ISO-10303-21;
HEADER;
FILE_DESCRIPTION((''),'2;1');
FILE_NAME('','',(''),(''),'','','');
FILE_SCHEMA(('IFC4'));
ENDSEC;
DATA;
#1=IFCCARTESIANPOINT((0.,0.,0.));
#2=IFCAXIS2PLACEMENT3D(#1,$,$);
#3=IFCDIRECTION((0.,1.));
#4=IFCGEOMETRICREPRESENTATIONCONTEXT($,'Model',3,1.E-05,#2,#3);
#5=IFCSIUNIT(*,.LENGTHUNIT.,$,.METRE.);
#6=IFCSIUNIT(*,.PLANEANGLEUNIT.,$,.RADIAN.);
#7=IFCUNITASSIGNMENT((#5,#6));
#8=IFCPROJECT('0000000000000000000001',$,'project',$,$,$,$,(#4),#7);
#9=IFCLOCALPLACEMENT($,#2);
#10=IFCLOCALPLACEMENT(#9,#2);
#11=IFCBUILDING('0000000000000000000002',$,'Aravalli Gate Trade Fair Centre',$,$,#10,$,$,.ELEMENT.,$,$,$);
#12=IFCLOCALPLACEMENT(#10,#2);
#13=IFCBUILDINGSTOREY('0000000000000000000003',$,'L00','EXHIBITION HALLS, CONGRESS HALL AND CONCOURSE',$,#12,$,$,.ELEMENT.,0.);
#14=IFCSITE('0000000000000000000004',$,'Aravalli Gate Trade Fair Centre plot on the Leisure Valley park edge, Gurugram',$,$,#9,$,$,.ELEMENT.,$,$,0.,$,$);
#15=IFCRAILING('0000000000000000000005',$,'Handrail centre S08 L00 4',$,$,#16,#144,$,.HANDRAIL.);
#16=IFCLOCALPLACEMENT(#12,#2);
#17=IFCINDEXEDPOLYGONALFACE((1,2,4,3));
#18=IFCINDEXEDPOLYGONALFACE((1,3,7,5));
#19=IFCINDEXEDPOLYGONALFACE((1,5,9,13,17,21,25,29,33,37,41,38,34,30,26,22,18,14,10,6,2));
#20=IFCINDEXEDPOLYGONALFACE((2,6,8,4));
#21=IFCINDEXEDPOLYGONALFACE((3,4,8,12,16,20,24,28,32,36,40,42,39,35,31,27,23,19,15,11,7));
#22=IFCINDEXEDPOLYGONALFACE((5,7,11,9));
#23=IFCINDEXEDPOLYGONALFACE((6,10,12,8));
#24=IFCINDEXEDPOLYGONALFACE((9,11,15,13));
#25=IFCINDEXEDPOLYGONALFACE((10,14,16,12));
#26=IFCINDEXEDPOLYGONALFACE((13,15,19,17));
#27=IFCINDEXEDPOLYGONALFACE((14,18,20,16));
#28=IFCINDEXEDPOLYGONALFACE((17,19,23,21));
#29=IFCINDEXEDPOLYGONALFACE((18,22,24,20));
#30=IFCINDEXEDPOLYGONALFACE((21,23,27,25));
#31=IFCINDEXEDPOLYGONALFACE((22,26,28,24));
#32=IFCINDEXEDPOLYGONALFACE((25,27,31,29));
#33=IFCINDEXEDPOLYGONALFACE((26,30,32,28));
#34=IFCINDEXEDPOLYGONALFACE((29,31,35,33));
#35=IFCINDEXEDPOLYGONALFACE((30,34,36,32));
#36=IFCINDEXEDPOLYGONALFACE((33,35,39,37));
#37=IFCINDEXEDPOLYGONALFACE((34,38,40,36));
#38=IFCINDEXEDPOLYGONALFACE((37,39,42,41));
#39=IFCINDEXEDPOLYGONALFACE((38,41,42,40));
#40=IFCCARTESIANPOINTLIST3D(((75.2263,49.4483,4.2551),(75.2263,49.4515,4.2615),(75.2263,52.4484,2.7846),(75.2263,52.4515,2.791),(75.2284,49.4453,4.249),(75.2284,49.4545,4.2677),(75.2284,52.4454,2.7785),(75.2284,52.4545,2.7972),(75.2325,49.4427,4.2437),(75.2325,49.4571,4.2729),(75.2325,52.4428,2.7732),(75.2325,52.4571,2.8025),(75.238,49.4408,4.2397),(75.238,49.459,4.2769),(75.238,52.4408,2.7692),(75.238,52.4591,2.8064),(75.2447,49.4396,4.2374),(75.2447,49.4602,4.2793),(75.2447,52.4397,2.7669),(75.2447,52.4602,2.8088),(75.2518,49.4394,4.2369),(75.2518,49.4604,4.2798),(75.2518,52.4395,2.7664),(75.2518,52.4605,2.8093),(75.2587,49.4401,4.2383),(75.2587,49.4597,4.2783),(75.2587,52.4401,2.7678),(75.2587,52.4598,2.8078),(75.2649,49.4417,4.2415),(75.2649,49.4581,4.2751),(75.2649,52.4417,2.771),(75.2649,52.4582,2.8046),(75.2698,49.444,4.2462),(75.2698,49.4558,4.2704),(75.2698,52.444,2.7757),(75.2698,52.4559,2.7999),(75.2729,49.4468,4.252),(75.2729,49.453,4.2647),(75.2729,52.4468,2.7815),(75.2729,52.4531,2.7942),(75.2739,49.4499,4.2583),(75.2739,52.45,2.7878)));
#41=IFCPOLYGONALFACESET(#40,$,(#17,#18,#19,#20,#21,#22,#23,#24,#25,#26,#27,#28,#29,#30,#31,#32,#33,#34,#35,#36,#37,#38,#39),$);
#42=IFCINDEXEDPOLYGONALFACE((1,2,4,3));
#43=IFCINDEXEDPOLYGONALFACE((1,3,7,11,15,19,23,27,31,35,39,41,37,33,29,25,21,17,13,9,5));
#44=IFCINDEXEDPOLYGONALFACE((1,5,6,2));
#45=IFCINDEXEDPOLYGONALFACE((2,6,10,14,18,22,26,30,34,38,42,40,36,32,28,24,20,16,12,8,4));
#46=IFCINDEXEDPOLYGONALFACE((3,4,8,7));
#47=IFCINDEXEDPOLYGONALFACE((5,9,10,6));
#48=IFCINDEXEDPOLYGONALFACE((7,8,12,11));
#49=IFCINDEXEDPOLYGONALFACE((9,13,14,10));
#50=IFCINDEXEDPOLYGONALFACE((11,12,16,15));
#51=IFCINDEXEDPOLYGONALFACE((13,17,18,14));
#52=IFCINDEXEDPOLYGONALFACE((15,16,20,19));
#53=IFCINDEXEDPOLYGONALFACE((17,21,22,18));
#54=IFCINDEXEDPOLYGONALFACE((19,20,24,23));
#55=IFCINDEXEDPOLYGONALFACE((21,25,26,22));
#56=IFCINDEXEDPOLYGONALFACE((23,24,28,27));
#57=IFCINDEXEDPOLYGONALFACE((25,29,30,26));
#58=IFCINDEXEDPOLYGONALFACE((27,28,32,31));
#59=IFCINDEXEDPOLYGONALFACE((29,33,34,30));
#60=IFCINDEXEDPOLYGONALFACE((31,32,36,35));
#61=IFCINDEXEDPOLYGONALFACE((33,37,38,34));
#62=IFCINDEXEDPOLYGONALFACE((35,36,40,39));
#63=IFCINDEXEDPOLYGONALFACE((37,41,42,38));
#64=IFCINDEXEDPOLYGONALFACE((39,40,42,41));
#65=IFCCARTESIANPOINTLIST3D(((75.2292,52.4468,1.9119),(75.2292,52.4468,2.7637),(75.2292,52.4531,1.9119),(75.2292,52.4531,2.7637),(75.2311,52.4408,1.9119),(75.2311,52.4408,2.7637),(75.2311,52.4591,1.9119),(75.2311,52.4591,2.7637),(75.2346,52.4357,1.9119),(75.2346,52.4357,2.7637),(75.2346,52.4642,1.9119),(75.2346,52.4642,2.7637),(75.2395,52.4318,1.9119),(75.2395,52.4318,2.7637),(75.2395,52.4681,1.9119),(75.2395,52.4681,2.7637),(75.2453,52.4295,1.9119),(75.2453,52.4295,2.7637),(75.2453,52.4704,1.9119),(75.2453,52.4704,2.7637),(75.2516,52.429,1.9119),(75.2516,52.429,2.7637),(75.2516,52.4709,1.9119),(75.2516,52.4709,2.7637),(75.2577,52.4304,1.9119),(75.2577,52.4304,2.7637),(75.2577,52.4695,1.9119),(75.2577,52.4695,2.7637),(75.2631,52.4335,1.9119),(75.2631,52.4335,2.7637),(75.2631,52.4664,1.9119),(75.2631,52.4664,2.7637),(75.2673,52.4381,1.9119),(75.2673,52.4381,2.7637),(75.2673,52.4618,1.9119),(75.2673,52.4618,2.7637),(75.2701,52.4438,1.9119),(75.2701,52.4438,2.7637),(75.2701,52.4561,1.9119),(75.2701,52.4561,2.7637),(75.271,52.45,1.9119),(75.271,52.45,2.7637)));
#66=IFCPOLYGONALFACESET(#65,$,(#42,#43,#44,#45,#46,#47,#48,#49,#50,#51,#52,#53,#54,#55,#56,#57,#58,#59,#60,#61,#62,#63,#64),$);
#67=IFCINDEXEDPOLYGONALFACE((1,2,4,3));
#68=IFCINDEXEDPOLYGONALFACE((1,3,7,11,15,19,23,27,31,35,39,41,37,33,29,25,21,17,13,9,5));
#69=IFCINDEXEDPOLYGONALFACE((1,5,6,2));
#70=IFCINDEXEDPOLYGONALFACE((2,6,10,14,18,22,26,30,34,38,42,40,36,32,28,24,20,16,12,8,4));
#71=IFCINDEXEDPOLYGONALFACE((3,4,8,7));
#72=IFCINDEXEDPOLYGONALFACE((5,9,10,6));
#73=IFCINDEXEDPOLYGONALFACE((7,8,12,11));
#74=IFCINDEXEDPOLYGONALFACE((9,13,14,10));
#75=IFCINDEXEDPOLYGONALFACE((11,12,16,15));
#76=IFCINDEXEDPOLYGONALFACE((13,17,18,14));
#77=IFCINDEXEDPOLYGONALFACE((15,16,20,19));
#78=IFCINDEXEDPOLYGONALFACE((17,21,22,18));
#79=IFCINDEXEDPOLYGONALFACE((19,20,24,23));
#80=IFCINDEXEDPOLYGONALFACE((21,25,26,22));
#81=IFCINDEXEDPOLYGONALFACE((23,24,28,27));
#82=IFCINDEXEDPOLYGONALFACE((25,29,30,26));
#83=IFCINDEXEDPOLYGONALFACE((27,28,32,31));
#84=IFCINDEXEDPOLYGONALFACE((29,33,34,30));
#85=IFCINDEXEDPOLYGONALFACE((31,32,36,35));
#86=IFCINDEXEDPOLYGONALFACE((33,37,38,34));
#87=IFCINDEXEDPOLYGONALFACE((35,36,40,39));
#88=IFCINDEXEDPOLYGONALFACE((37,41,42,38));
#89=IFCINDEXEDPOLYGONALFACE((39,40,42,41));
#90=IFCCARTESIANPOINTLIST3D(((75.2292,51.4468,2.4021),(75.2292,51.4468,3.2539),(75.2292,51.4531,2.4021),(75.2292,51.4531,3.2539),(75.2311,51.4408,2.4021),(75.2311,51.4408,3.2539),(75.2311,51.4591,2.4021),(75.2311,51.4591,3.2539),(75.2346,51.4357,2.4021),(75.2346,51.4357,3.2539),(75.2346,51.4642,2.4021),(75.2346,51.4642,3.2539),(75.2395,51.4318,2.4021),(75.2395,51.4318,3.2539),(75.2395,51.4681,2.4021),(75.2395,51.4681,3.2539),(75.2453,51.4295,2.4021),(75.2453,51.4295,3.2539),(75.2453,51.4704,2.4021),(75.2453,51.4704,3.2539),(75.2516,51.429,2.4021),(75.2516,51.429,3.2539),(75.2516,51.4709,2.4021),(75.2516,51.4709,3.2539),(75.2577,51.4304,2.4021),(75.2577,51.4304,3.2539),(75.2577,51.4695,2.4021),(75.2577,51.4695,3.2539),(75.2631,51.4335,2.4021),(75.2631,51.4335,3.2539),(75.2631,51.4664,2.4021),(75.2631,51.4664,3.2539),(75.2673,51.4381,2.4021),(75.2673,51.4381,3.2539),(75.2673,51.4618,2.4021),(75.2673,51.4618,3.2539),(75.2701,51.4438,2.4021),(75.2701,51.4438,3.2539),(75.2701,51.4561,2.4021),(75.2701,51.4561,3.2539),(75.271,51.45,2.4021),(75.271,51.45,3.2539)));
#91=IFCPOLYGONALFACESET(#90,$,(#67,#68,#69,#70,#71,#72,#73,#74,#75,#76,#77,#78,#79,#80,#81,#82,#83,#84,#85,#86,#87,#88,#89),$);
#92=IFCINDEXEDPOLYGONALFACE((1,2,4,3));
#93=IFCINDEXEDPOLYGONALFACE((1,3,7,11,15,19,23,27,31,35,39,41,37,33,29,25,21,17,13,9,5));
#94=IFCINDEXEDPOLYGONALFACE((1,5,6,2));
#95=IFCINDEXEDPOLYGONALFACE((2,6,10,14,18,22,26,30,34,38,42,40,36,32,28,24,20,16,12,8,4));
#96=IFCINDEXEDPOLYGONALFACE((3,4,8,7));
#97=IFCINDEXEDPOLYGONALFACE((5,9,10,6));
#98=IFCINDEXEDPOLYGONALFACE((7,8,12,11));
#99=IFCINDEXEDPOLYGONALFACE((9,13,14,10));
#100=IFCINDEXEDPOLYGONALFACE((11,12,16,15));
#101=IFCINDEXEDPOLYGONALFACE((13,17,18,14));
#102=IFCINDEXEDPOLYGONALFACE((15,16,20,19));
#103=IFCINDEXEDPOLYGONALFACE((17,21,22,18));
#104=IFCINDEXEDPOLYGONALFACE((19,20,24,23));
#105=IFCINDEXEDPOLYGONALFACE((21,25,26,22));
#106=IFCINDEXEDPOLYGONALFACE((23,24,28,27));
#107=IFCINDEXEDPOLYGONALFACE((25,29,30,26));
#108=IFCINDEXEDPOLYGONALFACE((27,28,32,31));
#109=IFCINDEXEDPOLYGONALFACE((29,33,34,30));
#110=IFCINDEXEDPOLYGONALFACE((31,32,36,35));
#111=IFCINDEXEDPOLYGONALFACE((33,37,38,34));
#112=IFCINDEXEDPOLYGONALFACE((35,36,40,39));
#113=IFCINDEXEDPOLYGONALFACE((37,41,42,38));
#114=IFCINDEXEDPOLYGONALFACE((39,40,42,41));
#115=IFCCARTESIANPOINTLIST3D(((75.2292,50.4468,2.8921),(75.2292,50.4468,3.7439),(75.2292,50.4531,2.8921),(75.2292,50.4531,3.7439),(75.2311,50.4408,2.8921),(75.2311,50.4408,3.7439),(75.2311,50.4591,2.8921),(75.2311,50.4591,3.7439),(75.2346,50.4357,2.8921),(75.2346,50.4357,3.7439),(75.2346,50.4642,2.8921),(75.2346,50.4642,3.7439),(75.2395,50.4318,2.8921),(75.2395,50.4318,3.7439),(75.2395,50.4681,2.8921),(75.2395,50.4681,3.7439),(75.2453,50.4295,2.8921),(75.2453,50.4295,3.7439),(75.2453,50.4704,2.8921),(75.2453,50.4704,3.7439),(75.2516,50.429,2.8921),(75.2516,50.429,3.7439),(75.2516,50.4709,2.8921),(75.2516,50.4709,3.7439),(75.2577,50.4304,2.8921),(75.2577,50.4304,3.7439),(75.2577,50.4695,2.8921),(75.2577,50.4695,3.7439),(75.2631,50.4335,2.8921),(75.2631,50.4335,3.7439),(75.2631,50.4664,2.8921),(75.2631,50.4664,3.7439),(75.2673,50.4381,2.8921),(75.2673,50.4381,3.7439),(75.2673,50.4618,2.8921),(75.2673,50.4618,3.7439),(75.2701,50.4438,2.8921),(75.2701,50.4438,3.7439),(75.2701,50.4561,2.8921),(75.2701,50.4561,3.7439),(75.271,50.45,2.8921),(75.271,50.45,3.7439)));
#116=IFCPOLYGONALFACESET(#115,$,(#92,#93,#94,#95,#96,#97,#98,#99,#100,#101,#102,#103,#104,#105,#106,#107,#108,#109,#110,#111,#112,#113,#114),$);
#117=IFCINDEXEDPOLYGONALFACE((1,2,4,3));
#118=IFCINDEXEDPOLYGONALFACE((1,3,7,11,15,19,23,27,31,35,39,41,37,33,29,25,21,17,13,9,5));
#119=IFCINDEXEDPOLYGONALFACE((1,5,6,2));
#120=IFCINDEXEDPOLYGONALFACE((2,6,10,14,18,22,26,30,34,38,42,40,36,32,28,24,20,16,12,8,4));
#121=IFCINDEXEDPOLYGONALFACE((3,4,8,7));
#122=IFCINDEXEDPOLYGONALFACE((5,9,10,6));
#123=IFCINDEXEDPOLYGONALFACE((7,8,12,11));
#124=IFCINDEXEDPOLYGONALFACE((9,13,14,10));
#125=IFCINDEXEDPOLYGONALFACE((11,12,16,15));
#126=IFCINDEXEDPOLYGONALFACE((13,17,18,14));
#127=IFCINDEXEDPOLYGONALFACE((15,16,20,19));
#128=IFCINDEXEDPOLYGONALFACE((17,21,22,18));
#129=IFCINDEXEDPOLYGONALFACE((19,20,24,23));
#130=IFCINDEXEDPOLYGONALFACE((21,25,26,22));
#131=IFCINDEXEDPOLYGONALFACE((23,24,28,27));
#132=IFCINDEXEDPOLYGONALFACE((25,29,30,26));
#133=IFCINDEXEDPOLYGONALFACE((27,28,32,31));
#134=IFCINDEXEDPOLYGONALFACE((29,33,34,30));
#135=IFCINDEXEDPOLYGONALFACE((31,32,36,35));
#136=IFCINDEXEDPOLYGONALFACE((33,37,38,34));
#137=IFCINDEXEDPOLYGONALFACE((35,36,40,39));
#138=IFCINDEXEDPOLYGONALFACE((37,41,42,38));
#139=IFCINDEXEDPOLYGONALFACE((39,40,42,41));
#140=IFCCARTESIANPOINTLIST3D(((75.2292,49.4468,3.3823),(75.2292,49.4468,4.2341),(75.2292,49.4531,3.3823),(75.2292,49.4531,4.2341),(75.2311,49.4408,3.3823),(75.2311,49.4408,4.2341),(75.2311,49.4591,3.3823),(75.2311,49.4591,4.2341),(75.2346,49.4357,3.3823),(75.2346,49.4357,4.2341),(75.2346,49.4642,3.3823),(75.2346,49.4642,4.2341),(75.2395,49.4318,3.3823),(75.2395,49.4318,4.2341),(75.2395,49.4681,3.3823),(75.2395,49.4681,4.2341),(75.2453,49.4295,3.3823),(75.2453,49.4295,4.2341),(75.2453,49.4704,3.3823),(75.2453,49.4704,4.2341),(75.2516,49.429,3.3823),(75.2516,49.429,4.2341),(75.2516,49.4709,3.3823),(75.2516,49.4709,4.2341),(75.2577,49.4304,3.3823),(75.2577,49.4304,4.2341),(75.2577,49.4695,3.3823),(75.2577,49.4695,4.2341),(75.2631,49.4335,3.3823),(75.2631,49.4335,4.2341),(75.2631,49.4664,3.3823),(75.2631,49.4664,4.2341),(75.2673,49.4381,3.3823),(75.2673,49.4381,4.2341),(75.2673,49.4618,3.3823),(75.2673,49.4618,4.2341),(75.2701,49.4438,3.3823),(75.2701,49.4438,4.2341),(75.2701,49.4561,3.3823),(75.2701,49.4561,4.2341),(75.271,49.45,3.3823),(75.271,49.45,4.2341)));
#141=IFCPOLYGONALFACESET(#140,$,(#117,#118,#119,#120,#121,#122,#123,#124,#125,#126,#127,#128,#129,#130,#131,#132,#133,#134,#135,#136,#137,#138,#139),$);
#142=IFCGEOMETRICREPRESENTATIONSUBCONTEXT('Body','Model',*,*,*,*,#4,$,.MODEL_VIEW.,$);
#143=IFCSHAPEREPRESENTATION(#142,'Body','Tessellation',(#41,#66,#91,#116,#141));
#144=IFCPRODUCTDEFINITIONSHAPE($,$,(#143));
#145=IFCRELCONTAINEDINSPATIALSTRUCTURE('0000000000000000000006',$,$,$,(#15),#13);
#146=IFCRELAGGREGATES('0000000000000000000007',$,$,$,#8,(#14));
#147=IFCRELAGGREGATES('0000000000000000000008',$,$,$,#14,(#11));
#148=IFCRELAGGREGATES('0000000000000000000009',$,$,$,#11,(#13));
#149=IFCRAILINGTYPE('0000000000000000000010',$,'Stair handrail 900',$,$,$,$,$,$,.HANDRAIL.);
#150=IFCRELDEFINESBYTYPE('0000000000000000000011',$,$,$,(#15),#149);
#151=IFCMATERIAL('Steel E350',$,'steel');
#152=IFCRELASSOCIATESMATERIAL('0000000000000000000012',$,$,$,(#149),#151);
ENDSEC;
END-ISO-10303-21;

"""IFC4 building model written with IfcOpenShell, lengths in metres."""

from ifc_helpers import new_model, si_unit, direction, frame, origin, origin_2d, place, context, subcontext, project, spatial, circle, extrude, material, type_object, element, save


model = new_model("IFC4")

# Units and contexts
model_context = context("Model", 3, precision=1e-05, world=origin(), true_north=direction((0.0, 1.0)))
body_context = subcontext(model_context, "Body", "Model", "MODEL_VIEW")
ifc_project = project(units=[si_unit("LENGTHUNIT", "METRE"), si_unit("PLANEANGLEUNIT", "RADIAN")], contexts=[model_context])

# Site, building, storey
site_placement = place(None, origin())
site = spatial("IfcSite", under=ifc_project, at=site_placement, Name="Aravalli Gate Trade Fair Centre plot on the Leisure Valley park edge, Gurugram", CompositionType="ELEMENT", RefElevation=0.0)
building_placement = place(site_placement, origin())
building = spatial("IfcBuilding", under=site, at=building_placement, Name="Aravalli Gate Trade Fair Centre", CompositionType="ELEMENT")
storey_placement = place(building_placement, origin())
storey = spatial("IfcBuildingStorey", under=building, at=storey_placement, Name="L00", Description="EXHIBITION HALLS, CONGRESS HALL AND CONCOURSE", CompositionType="ELEMENT", Elevation=0.0)

# Railing
ifc_material_1 = material(Name="Steel E350", Category="steel")
railing_type = type_object("IfcRailingType", Name="Stair handrail 900", PredefinedType="HANDRAIL", material=ifc_material_1)
for number, where, name in (
    (1, (75.25, 52.45, 1.9119), "Handrail centre S08 L00 4"),
):
    element("IfcRailing", number, at=place(storey_placement, frame(where)), inside=storey, type_object=railing_type, Name=name, PredefinedType="HANDRAIL", context=body_context, shape_type="SweptSolid", body=[
        extrude(circle(Radius=0.0239, at=origin_2d()), frame((0.0, 0.0, 0.876), z_axis=(0.0, -0.897936, 0.440126), x_axis=(1.0, 0.0, 0.0)), (0.0, 0.0, 1.0), 3.3411),
        extrude(circle(Radius=0.021, at=origin_2d()), origin(), (0.0, 0.0, 1.0), 0.8518),
        extrude(circle(Radius=0.021, at=origin_2d()), frame((0.0, -1.0, 0.4902)), (0.0, 0.0, 1.0), 0.8518),
        extrude(circle(Radius=0.021, at=origin_2d()), frame((0.0, -2.0, 0.9802)), (0.0, 0.0, 1.0), 0.8518),
        extrude(circle(Radius=0.021, at=origin_2d()), frame((0.0, -3.0, 1.4705)), (0.0, 0.0, 1.0), 0.8518),
    ])

save(model, "model.ifc")
